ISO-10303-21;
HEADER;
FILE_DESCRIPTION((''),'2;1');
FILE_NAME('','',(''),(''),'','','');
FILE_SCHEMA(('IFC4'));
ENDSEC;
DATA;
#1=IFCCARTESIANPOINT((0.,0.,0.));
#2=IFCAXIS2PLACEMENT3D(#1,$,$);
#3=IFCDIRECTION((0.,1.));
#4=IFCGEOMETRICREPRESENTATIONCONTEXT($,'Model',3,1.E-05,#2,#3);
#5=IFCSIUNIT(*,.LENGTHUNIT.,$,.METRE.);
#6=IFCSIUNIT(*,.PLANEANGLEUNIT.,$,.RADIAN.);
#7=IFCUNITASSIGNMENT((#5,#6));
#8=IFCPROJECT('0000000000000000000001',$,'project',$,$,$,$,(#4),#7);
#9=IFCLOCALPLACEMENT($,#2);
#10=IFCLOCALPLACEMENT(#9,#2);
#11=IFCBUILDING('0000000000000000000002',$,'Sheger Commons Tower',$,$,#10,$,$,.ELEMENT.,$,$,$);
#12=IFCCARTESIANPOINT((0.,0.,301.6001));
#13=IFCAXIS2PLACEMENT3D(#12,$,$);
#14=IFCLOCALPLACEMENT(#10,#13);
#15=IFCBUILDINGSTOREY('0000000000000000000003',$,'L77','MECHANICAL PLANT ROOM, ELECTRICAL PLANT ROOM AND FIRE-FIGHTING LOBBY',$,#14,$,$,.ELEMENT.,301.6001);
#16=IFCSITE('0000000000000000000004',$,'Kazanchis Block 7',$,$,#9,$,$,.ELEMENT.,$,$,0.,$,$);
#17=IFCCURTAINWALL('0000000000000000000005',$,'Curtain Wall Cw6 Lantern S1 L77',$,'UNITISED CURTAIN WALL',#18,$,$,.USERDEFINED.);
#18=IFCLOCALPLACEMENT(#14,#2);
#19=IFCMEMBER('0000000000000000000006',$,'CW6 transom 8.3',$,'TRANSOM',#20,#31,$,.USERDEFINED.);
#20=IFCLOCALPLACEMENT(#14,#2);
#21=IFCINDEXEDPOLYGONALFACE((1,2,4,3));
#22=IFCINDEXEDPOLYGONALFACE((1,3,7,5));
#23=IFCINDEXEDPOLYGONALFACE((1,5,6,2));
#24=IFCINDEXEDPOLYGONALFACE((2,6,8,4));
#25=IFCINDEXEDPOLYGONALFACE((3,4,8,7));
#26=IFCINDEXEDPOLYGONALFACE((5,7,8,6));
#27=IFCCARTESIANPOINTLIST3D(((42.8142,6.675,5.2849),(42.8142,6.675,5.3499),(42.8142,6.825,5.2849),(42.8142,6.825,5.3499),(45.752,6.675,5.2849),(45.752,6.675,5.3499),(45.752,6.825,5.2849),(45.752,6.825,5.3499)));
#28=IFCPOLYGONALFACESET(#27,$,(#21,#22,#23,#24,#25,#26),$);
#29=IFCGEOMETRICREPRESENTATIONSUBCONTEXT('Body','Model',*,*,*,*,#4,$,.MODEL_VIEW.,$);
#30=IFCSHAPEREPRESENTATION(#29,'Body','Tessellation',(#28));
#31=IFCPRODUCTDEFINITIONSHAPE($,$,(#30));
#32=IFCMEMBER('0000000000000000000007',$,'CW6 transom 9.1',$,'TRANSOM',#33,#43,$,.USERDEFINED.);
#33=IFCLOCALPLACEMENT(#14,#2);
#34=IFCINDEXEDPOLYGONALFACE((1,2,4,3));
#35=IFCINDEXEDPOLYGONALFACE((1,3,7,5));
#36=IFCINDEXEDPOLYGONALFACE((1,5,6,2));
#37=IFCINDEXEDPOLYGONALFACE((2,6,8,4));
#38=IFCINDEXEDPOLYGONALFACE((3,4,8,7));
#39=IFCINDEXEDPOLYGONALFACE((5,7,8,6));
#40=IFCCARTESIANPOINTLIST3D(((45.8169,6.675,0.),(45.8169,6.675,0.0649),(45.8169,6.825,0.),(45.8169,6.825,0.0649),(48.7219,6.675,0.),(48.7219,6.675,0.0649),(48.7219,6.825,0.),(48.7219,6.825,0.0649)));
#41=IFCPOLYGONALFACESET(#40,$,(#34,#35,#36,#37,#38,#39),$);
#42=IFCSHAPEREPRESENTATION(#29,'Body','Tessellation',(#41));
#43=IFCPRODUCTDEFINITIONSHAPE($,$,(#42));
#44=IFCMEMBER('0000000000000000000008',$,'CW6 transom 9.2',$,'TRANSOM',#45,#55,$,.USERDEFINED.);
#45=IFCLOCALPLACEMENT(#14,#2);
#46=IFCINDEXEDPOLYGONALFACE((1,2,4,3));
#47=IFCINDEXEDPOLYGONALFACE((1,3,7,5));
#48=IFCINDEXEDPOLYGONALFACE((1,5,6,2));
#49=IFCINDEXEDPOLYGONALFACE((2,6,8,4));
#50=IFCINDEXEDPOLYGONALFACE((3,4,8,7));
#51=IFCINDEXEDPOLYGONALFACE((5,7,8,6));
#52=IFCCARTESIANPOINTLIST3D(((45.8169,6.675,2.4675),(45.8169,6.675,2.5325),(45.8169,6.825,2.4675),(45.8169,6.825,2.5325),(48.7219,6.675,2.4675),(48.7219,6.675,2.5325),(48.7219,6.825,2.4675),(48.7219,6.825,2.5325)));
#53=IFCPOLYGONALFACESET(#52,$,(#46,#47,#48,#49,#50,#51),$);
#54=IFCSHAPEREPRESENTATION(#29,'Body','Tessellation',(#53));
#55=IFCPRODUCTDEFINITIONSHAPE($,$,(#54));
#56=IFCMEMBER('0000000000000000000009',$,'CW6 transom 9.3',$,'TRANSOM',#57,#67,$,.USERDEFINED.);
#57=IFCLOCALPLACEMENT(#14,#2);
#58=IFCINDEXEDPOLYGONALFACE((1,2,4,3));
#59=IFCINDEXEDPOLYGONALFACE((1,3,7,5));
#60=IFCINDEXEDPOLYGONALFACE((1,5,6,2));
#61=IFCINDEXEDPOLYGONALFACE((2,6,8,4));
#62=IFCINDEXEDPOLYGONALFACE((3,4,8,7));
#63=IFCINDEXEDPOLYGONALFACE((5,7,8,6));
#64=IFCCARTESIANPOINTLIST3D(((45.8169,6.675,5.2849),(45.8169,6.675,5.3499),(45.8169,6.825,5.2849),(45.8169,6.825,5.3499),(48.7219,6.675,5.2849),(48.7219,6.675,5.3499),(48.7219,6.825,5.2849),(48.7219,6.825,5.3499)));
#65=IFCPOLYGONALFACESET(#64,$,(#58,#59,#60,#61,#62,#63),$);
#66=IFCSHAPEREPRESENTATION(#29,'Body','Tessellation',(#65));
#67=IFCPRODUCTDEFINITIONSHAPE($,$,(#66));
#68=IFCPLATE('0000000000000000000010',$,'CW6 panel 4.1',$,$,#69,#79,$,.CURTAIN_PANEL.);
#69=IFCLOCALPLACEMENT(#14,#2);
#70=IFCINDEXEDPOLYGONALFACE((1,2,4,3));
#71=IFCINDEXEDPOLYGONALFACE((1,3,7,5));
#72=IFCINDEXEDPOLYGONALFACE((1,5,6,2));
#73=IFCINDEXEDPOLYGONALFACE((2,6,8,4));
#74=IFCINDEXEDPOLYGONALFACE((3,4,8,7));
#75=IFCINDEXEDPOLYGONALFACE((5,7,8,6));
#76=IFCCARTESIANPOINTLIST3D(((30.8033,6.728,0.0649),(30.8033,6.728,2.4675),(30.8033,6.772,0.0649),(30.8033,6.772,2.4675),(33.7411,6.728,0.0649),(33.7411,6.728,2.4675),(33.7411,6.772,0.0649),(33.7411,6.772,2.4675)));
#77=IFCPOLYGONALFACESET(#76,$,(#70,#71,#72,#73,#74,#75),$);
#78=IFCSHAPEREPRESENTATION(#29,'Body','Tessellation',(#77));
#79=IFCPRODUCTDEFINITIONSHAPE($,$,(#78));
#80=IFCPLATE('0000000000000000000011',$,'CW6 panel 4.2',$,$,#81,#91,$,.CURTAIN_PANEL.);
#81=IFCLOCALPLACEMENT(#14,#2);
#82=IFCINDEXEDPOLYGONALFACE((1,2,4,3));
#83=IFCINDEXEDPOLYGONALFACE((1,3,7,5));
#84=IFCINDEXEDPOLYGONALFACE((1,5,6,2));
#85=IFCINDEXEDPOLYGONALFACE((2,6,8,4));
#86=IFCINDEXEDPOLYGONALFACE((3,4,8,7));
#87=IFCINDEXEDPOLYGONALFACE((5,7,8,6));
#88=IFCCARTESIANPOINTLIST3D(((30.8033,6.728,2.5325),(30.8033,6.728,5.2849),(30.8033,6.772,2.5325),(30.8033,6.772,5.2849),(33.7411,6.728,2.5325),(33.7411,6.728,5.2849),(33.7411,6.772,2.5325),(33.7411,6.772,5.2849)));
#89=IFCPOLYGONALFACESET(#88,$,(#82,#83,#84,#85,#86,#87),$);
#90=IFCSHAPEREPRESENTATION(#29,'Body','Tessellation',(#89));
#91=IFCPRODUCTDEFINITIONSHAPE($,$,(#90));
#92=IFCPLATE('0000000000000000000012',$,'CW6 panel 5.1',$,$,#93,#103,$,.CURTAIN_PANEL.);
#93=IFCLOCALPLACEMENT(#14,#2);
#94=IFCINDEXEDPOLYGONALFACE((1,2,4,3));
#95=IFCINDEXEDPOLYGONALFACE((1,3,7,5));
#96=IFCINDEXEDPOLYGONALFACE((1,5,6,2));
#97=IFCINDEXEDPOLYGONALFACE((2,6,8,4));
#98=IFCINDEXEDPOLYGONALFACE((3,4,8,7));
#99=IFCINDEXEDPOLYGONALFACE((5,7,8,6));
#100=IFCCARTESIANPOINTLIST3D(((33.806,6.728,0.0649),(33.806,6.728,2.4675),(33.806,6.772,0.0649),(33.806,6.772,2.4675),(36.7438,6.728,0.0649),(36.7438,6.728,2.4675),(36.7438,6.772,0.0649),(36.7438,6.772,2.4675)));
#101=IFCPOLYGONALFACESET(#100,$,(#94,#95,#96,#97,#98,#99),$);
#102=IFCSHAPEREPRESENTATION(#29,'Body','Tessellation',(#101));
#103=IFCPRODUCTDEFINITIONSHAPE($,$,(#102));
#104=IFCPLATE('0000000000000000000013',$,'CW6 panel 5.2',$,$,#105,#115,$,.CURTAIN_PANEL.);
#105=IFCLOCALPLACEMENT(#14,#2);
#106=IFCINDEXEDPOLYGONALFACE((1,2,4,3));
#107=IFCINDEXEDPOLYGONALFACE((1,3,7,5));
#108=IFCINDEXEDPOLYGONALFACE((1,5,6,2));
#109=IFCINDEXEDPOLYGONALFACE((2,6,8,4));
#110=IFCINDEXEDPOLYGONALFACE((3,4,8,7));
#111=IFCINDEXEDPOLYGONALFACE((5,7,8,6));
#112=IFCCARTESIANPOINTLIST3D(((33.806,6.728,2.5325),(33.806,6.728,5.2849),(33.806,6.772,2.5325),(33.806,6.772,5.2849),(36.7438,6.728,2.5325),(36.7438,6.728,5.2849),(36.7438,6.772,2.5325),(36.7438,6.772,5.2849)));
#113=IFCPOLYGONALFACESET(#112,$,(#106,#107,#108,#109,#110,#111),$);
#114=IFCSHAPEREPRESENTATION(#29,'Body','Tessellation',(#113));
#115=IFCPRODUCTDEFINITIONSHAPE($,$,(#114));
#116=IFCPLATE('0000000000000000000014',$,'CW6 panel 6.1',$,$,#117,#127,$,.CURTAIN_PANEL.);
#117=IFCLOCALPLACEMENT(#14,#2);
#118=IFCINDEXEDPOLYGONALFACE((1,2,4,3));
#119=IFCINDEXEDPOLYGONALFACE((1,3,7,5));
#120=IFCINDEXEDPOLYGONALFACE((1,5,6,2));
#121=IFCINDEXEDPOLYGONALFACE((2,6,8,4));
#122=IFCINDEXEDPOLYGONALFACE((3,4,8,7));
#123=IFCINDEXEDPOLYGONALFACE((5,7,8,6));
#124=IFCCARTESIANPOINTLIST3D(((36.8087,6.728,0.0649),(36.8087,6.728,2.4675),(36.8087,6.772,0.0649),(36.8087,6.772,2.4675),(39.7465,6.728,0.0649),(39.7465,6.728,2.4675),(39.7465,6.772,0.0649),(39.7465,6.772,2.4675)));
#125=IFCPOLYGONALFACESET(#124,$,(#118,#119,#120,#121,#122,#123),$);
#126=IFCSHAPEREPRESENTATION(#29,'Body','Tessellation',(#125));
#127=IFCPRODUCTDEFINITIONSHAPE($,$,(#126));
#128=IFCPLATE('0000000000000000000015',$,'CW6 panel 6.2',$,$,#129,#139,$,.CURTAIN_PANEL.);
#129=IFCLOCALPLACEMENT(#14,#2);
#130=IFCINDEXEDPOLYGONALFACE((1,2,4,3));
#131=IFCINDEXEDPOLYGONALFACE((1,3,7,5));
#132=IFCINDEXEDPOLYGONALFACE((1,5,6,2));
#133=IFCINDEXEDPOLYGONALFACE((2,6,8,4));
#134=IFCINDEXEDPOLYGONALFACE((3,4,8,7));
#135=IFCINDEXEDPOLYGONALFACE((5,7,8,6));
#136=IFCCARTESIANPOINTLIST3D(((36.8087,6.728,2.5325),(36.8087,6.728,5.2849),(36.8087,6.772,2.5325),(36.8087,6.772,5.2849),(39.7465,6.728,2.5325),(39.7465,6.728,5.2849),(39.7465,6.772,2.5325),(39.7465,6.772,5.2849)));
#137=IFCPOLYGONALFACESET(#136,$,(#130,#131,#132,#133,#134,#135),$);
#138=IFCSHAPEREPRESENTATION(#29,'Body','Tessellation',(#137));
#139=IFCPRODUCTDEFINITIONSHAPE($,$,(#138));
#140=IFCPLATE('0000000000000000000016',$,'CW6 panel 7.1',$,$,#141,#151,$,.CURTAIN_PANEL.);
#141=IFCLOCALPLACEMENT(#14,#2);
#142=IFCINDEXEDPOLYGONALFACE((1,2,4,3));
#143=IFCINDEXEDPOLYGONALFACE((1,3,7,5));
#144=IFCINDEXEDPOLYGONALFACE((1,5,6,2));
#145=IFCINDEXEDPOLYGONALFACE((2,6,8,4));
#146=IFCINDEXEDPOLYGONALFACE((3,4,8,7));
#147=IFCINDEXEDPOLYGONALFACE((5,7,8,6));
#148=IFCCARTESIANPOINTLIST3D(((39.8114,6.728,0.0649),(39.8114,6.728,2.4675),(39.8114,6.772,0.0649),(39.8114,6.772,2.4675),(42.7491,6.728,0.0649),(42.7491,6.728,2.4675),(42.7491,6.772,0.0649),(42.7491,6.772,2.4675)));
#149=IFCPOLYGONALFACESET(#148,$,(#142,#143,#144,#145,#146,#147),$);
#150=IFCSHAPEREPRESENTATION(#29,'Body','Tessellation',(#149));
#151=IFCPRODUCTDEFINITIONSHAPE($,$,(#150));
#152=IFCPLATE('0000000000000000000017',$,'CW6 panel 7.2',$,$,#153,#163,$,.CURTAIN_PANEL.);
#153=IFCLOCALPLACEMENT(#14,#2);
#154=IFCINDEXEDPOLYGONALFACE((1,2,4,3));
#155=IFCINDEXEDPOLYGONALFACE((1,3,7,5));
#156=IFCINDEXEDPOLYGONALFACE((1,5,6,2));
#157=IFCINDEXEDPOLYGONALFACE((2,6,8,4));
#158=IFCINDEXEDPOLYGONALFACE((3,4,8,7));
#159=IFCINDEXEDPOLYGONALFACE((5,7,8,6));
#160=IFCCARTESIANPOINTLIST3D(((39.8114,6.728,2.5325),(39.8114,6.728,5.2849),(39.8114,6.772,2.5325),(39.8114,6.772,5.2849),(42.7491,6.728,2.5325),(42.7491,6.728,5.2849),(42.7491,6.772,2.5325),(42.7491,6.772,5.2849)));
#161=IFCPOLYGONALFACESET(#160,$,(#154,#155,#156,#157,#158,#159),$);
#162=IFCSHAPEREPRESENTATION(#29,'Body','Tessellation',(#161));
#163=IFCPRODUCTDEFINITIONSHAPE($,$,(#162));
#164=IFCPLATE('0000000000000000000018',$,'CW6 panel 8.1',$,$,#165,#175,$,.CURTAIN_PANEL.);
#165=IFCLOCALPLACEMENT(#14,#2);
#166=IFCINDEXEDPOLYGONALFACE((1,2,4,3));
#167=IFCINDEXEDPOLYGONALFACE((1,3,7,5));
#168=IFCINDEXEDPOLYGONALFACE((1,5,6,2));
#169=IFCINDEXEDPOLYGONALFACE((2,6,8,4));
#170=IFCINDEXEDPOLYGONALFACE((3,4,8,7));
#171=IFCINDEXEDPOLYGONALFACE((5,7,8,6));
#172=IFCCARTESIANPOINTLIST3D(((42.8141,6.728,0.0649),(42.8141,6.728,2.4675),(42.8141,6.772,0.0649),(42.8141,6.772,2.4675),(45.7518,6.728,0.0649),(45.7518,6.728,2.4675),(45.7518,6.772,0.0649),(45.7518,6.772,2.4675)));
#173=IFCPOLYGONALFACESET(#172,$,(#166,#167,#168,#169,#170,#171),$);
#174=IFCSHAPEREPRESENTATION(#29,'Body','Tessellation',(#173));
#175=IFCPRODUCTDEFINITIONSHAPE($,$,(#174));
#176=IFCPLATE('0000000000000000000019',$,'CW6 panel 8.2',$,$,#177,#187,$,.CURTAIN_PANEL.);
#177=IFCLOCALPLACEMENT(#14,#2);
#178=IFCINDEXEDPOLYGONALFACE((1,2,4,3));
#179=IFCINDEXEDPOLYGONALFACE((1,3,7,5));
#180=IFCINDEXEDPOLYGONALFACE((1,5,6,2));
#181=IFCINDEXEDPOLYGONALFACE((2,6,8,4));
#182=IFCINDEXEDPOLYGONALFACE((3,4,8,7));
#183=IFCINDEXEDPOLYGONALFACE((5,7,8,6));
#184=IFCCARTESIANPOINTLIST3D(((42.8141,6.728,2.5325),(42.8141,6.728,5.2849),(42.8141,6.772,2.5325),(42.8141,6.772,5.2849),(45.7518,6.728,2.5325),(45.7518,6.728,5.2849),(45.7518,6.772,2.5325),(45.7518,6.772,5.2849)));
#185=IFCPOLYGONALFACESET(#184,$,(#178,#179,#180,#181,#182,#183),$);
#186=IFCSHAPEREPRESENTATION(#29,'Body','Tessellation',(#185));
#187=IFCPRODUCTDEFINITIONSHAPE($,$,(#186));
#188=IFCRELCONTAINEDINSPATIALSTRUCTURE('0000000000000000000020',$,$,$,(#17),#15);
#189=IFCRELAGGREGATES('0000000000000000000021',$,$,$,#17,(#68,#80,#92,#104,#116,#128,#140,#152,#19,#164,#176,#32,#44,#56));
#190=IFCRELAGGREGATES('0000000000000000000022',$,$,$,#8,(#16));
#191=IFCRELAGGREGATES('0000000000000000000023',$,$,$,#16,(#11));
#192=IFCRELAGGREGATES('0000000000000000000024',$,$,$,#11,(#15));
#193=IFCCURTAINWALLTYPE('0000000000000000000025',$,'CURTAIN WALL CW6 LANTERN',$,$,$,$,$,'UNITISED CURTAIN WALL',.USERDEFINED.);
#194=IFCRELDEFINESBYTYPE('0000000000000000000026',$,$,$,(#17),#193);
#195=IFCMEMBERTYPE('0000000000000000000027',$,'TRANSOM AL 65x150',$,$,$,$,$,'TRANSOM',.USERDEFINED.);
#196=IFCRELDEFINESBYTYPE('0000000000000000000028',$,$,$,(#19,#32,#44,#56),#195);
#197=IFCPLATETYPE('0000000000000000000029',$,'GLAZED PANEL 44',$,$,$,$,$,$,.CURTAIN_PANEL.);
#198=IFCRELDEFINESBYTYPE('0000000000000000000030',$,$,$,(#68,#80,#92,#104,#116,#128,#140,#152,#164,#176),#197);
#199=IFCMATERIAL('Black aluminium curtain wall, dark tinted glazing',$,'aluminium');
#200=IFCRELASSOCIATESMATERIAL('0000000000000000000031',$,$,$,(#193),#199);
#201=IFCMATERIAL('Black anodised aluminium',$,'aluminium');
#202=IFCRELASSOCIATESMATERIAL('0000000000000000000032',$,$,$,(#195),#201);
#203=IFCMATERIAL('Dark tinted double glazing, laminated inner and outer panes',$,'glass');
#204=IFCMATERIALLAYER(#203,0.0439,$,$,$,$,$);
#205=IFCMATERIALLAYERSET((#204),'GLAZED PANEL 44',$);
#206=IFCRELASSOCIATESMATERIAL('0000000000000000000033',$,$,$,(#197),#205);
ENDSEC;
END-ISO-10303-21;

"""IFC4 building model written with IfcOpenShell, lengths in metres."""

from ifc_helpers import new_model, si_unit, direction, frame, origin, origin_2d, place, context, subcontext, project, spatial, rectangle, extrude, material, layer, layer_set, material_profile, profile_set, type_object, element, aggregate, save


model = new_model("IFC4")

# Units and contexts
model_context = context("Model", 3, precision=1e-05, world=origin(), true_north=direction((0.0, 1.0)))
body_context = subcontext(model_context, "Body", "Model", "MODEL_VIEW")
ifc_project = project(units=[si_unit("LENGTHUNIT", "METRE"), si_unit("PLANEANGLEUNIT", "RADIAN")], contexts=[model_context])

# Site, building, storey
site_placement = place(None, origin())
site = spatial("IfcSite", under=ifc_project, at=site_placement, Name="Kazanchis Block 7", CompositionType="ELEMENT", RefElevation=0.0)
building_placement = place(site_placement, origin())
building = spatial("IfcBuilding", under=site, at=building_placement, Name="Sheger Commons Tower", CompositionType="ELEMENT")
storey_placement = place(building_placement, frame((0.0, 0.0, 301.6001)))
storey = spatial("IfcBuildingStorey", under=building, at=storey_placement, Name="L77", Description="MECHANICAL PLANT ROOM, ELECTRICAL PLANT ROOM AND FIRE-FIGHTING LOBBY", CompositionType="ELEMENT", Elevation=301.6001)

# Curtain wall
ifc_material_1 = material(Name="Black aluminium curtain wall, dark tinted glazing", Category="aluminium")
curtain_wall_type = type_object("IfcCurtainWallType", Name="CURTAIN WALL CW6 LANTERN", ElementType="UNITISED CURTAIN WALL", PredefinedType="USERDEFINED", material=ifc_material_1)
curtain_wall_placement = place(storey_placement, origin())
curtain_wall = element("IfcCurtainWall", 1, at=curtain_wall_placement, inside=storey, type_object=curtain_wall_type, Name="Curtain Wall Cw6 Lantern S1 L77", ObjectType="UNITISED CURTAIN WALL", PredefinedType="USERDEFINED")

# Members
ifc_material_2 = material(Name="Black anodised aluminium", Category="aluminium")
ifc_material_profile_1 = material_profile(ifc_material_2, rectangle(XDim=0.1499, YDim=0.0649, at=origin_2d()), Name="AL 65x150")
ifc_profile_set_1 = profile_set([ifc_material_profile_1], Name="Black anodised aluminium")
member_type_1 = type_object("IfcMemberType", Name="TRANSOM AL 65x150", ElementType="TRANSOM", PredefinedType="USERDEFINED", material=ifc_profile_set_1)
member_1_placement = place(storey_placement, frame((42.8142, 6.75, 5.3174), z_axis=(1.0, 0.0, 0.0), x_axis=(0.0, 1.0, 0.0)))
member_1 = element("IfcMember", 2, at=member_1_placement, type_object=member_type_1, Name="CW6 transom 8.3", ObjectType="TRANSOM", PredefinedType="USERDEFINED", context=body_context, shape_type="SweptSolid", body=[
    extrude(rectangle(XDim=0.1499, YDim=0.0649, at=origin_2d()), origin(), (0.0, 0.0, 1.0), 2.9377),
])
member_2_placement = place(storey_placement, frame((45.8169, 6.75, 0.0325), z_axis=(1.0, 0.0, 0.0), x_axis=(0.0, 1.0, 0.0)))
member_2 = element("IfcMember", 3, at=member_2_placement, type_object=member_type_1, Name="CW6 transom 9.1", ObjectType="TRANSOM", PredefinedType="USERDEFINED", context=body_context, shape_type="SweptSolid", body=[
    extrude(rectangle(XDim=0.1499, YDim=0.0649, at=origin_2d()), origin(), (0.0, 0.0, 1.0), 2.905),
])
member_3_placement = place(storey_placement, frame((45.8169, 6.75, 2.5), z_axis=(1.0, 0.0, 0.0), x_axis=(0.0, 1.0, 0.0)))
member_3 = element("IfcMember", 4, at=member_3_placement, type_object=member_type_1, Name="CW6 transom 9.2", ObjectType="TRANSOM", PredefinedType="USERDEFINED", context=body_context, shape_type="SweptSolid", body=[
    extrude(rectangle(XDim=0.1499, YDim=0.0649, at=origin_2d()), origin(), (0.0, 0.0, 1.0), 2.905),
])
member_4_placement = place(storey_placement, frame((45.8169, 6.75, 5.3174), z_axis=(1.0, 0.0, 0.0), x_axis=(0.0, 1.0, 0.0)))
member_4 = element("IfcMember", 5, at=member_4_placement, type_object=member_type_1, Name="CW6 transom 9.3", ObjectType="TRANSOM", PredefinedType="USERDEFINED", context=body_context, shape_type="SweptSolid", body=[
    extrude(rectangle(XDim=0.1499, YDim=0.0649, at=origin_2d()), origin(), (0.0, 0.0, 1.0), 2.905),
])

# Plates
ifc_material_3 = material(Name="Dark tinted double glazing, laminated inner and outer panes", Category="glass")
ifc_layer = layer(ifc_material_3, 0.0439)
ifc_layer_set = layer_set([ifc_layer], Name="GLAZED PANEL 44")
plate_type = type_object("IfcPlateType", Name="GLAZED PANEL 44", PredefinedType="CURTAIN_PANEL", material=ifc_layer_set)
plate_1_placement = place(storey_placement, frame((32.2722, 6.75, 0.0649), z_axis=(0.0, 0.0, 1.0), x_axis=(1.0, 0.0, 0.0)))
plate_1 = element("IfcPlate", 6, at=plate_1_placement, type_object=plate_type, Name="CW6 panel 4.1", PredefinedType="CURTAIN_PANEL", context=body_context, shape_type="SweptSolid", body=[
    extrude(rectangle(XDim=2.9377, YDim=0.0439, at=origin_2d()), origin(), (0.0, 0.0, 1.0), 2.4026),
])
plate_2_placement = place(storey_placement, frame((32.2722, 6.75, 2.5325), z_axis=(0.0, 0.0, 1.0), x_axis=(1.0, 0.0, 0.0)))
plate_2 = element("IfcPlate", 7, at=plate_2_placement, type_object=plate_type, Name="CW6 panel 4.2", PredefinedType="CURTAIN_PANEL", context=body_context, shape_type="SweptSolid", body=[
    extrude(rectangle(XDim=2.9377, YDim=0.0439, at=origin_2d()), origin(), (0.0, 0.0, 1.0), 2.7524),
])
plate_3_placement = place(storey_placement, frame((35.2749, 6.75, 0.0649), z_axis=(0.0, 0.0, 1.0), x_axis=(1.0, 0.0, 0.0)))
plate_3 = element("IfcPlate", 8, at=plate_3_placement, type_object=plate_type, Name="CW6 panel 5.1", PredefinedType="CURTAIN_PANEL", context=body_context, shape_type="SweptSolid", body=[
    extrude(rectangle(XDim=2.9377, YDim=0.0439, at=origin_2d()), origin(), (0.0, 0.0, 1.0), 2.4026),
])
plate_4_placement = place(storey_placement, frame((35.2749, 6.75, 2.5325), z_axis=(0.0, 0.0, 1.0), x_axis=(1.0, 0.0, 0.0)))
plate_4 = element("IfcPlate", 9, at=plate_4_placement, type_object=plate_type, Name="CW6 panel 5.2", PredefinedType="CURTAIN_PANEL", context=body_context, shape_type="SweptSolid", body=[
    extrude(rectangle(XDim=2.9377, YDim=0.0439, at=origin_2d()), origin(), (0.0, 0.0, 1.0), 2.7524),
])
plate_5_placement = place(storey_placement, frame((38.2776, 6.75, 0.0649), z_axis=(0.0, 0.0, 1.0), x_axis=(1.0, 0.0, 0.0)))
plate_5 = element("IfcPlate", 10, at=plate_5_placement, type_object=plate_type, Name="CW6 panel 6.1", PredefinedType="CURTAIN_PANEL", context=body_context, shape_type="SweptSolid", body=[
    extrude(rectangle(XDim=2.9377, YDim=0.0439, at=origin_2d()), origin(), (0.0, 0.0, 1.0), 2.4026),
])
plate_6_placement = place(storey_placement, frame((38.2776, 6.75, 2.5325), z_axis=(0.0, 0.0, 1.0), x_axis=(1.0, 0.0, 0.0)))
plate_6 = element("IfcPlate", 11, at=plate_6_placement, type_object=plate_type, Name="CW6 panel 6.2", PredefinedType="CURTAIN_PANEL", context=body_context, shape_type="SweptSolid", body=[
    extrude(rectangle(XDim=2.9377, YDim=0.0439, at=origin_2d()), origin(), (0.0, 0.0, 1.0), 2.7524),
])
plate_7_placement = place(storey_placement, frame((41.2803, 6.75, 0.0649), z_axis=(0.0, 0.0, 1.0), x_axis=(1.0, 0.0, 0.0)))
plate_7 = element("IfcPlate", 12, at=plate_7_placement, type_object=plate_type, Name="CW6 panel 7.1", PredefinedType="CURTAIN_PANEL", context=body_context, shape_type="SweptSolid", body=[
    extrude(rectangle(XDim=2.9377, YDim=0.0439, at=origin_2d()), origin(), (0.0, 0.0, 1.0), 2.4026),
])
plate_8_placement = place(storey_placement, frame((41.2803, 6.75, 2.5325), z_axis=(0.0, 0.0, 1.0), x_axis=(1.0, 0.0, 0.0)))
plate_8 = element("IfcPlate", 13, at=plate_8_placement, type_object=plate_type, Name="CW6 panel 7.2", PredefinedType="CURTAIN_PANEL", context=body_context, shape_type="SweptSolid", body=[
    extrude(rectangle(XDim=2.9377, YDim=0.0439, at=origin_2d()), origin(), (0.0, 0.0, 1.0), 2.7524),
])
plate_9_placement = place(storey_placement, frame((44.283, 6.75, 0.0649), z_axis=(0.0, 0.0, 1.0), x_axis=(1.0, 0.0, 0.0)))
plate_9 = element("IfcPlate", 14, at=plate_9_placement, type_object=plate_type, Name="CW6 panel 8.1", PredefinedType="CURTAIN_PANEL", context=body_context, shape_type="SweptSolid", body=[
    extrude(rectangle(XDim=2.9377, YDim=0.0439, at=origin_2d()), origin(), (0.0, 0.0, 1.0), 2.4026),
])
plate_10_placement = place(storey_placement, frame((44.283, 6.75, 2.5325), z_axis=(0.0, 0.0, 1.0), x_axis=(1.0, 0.0, 0.0)))
plate_10 = element("IfcPlate", 15, at=plate_10_placement, type_object=plate_type, Name="CW6 panel 8.2", PredefinedType="CURTAIN_PANEL", context=body_context, shape_type="SweptSolid", body=[
    extrude(rectangle(XDim=2.9377, YDim=0.0439, at=origin_2d()), origin(), (0.0, 0.0, 1.0), 2.7524),
])
aggregate(curtain_wall, [plate_1, plate_2, plate_3, plate_4, plate_5, plate_6, plate_7, plate_8, member_1, plate_9, plate_10, member_2, member_3, member_4])

save(model, "model.ifc")
